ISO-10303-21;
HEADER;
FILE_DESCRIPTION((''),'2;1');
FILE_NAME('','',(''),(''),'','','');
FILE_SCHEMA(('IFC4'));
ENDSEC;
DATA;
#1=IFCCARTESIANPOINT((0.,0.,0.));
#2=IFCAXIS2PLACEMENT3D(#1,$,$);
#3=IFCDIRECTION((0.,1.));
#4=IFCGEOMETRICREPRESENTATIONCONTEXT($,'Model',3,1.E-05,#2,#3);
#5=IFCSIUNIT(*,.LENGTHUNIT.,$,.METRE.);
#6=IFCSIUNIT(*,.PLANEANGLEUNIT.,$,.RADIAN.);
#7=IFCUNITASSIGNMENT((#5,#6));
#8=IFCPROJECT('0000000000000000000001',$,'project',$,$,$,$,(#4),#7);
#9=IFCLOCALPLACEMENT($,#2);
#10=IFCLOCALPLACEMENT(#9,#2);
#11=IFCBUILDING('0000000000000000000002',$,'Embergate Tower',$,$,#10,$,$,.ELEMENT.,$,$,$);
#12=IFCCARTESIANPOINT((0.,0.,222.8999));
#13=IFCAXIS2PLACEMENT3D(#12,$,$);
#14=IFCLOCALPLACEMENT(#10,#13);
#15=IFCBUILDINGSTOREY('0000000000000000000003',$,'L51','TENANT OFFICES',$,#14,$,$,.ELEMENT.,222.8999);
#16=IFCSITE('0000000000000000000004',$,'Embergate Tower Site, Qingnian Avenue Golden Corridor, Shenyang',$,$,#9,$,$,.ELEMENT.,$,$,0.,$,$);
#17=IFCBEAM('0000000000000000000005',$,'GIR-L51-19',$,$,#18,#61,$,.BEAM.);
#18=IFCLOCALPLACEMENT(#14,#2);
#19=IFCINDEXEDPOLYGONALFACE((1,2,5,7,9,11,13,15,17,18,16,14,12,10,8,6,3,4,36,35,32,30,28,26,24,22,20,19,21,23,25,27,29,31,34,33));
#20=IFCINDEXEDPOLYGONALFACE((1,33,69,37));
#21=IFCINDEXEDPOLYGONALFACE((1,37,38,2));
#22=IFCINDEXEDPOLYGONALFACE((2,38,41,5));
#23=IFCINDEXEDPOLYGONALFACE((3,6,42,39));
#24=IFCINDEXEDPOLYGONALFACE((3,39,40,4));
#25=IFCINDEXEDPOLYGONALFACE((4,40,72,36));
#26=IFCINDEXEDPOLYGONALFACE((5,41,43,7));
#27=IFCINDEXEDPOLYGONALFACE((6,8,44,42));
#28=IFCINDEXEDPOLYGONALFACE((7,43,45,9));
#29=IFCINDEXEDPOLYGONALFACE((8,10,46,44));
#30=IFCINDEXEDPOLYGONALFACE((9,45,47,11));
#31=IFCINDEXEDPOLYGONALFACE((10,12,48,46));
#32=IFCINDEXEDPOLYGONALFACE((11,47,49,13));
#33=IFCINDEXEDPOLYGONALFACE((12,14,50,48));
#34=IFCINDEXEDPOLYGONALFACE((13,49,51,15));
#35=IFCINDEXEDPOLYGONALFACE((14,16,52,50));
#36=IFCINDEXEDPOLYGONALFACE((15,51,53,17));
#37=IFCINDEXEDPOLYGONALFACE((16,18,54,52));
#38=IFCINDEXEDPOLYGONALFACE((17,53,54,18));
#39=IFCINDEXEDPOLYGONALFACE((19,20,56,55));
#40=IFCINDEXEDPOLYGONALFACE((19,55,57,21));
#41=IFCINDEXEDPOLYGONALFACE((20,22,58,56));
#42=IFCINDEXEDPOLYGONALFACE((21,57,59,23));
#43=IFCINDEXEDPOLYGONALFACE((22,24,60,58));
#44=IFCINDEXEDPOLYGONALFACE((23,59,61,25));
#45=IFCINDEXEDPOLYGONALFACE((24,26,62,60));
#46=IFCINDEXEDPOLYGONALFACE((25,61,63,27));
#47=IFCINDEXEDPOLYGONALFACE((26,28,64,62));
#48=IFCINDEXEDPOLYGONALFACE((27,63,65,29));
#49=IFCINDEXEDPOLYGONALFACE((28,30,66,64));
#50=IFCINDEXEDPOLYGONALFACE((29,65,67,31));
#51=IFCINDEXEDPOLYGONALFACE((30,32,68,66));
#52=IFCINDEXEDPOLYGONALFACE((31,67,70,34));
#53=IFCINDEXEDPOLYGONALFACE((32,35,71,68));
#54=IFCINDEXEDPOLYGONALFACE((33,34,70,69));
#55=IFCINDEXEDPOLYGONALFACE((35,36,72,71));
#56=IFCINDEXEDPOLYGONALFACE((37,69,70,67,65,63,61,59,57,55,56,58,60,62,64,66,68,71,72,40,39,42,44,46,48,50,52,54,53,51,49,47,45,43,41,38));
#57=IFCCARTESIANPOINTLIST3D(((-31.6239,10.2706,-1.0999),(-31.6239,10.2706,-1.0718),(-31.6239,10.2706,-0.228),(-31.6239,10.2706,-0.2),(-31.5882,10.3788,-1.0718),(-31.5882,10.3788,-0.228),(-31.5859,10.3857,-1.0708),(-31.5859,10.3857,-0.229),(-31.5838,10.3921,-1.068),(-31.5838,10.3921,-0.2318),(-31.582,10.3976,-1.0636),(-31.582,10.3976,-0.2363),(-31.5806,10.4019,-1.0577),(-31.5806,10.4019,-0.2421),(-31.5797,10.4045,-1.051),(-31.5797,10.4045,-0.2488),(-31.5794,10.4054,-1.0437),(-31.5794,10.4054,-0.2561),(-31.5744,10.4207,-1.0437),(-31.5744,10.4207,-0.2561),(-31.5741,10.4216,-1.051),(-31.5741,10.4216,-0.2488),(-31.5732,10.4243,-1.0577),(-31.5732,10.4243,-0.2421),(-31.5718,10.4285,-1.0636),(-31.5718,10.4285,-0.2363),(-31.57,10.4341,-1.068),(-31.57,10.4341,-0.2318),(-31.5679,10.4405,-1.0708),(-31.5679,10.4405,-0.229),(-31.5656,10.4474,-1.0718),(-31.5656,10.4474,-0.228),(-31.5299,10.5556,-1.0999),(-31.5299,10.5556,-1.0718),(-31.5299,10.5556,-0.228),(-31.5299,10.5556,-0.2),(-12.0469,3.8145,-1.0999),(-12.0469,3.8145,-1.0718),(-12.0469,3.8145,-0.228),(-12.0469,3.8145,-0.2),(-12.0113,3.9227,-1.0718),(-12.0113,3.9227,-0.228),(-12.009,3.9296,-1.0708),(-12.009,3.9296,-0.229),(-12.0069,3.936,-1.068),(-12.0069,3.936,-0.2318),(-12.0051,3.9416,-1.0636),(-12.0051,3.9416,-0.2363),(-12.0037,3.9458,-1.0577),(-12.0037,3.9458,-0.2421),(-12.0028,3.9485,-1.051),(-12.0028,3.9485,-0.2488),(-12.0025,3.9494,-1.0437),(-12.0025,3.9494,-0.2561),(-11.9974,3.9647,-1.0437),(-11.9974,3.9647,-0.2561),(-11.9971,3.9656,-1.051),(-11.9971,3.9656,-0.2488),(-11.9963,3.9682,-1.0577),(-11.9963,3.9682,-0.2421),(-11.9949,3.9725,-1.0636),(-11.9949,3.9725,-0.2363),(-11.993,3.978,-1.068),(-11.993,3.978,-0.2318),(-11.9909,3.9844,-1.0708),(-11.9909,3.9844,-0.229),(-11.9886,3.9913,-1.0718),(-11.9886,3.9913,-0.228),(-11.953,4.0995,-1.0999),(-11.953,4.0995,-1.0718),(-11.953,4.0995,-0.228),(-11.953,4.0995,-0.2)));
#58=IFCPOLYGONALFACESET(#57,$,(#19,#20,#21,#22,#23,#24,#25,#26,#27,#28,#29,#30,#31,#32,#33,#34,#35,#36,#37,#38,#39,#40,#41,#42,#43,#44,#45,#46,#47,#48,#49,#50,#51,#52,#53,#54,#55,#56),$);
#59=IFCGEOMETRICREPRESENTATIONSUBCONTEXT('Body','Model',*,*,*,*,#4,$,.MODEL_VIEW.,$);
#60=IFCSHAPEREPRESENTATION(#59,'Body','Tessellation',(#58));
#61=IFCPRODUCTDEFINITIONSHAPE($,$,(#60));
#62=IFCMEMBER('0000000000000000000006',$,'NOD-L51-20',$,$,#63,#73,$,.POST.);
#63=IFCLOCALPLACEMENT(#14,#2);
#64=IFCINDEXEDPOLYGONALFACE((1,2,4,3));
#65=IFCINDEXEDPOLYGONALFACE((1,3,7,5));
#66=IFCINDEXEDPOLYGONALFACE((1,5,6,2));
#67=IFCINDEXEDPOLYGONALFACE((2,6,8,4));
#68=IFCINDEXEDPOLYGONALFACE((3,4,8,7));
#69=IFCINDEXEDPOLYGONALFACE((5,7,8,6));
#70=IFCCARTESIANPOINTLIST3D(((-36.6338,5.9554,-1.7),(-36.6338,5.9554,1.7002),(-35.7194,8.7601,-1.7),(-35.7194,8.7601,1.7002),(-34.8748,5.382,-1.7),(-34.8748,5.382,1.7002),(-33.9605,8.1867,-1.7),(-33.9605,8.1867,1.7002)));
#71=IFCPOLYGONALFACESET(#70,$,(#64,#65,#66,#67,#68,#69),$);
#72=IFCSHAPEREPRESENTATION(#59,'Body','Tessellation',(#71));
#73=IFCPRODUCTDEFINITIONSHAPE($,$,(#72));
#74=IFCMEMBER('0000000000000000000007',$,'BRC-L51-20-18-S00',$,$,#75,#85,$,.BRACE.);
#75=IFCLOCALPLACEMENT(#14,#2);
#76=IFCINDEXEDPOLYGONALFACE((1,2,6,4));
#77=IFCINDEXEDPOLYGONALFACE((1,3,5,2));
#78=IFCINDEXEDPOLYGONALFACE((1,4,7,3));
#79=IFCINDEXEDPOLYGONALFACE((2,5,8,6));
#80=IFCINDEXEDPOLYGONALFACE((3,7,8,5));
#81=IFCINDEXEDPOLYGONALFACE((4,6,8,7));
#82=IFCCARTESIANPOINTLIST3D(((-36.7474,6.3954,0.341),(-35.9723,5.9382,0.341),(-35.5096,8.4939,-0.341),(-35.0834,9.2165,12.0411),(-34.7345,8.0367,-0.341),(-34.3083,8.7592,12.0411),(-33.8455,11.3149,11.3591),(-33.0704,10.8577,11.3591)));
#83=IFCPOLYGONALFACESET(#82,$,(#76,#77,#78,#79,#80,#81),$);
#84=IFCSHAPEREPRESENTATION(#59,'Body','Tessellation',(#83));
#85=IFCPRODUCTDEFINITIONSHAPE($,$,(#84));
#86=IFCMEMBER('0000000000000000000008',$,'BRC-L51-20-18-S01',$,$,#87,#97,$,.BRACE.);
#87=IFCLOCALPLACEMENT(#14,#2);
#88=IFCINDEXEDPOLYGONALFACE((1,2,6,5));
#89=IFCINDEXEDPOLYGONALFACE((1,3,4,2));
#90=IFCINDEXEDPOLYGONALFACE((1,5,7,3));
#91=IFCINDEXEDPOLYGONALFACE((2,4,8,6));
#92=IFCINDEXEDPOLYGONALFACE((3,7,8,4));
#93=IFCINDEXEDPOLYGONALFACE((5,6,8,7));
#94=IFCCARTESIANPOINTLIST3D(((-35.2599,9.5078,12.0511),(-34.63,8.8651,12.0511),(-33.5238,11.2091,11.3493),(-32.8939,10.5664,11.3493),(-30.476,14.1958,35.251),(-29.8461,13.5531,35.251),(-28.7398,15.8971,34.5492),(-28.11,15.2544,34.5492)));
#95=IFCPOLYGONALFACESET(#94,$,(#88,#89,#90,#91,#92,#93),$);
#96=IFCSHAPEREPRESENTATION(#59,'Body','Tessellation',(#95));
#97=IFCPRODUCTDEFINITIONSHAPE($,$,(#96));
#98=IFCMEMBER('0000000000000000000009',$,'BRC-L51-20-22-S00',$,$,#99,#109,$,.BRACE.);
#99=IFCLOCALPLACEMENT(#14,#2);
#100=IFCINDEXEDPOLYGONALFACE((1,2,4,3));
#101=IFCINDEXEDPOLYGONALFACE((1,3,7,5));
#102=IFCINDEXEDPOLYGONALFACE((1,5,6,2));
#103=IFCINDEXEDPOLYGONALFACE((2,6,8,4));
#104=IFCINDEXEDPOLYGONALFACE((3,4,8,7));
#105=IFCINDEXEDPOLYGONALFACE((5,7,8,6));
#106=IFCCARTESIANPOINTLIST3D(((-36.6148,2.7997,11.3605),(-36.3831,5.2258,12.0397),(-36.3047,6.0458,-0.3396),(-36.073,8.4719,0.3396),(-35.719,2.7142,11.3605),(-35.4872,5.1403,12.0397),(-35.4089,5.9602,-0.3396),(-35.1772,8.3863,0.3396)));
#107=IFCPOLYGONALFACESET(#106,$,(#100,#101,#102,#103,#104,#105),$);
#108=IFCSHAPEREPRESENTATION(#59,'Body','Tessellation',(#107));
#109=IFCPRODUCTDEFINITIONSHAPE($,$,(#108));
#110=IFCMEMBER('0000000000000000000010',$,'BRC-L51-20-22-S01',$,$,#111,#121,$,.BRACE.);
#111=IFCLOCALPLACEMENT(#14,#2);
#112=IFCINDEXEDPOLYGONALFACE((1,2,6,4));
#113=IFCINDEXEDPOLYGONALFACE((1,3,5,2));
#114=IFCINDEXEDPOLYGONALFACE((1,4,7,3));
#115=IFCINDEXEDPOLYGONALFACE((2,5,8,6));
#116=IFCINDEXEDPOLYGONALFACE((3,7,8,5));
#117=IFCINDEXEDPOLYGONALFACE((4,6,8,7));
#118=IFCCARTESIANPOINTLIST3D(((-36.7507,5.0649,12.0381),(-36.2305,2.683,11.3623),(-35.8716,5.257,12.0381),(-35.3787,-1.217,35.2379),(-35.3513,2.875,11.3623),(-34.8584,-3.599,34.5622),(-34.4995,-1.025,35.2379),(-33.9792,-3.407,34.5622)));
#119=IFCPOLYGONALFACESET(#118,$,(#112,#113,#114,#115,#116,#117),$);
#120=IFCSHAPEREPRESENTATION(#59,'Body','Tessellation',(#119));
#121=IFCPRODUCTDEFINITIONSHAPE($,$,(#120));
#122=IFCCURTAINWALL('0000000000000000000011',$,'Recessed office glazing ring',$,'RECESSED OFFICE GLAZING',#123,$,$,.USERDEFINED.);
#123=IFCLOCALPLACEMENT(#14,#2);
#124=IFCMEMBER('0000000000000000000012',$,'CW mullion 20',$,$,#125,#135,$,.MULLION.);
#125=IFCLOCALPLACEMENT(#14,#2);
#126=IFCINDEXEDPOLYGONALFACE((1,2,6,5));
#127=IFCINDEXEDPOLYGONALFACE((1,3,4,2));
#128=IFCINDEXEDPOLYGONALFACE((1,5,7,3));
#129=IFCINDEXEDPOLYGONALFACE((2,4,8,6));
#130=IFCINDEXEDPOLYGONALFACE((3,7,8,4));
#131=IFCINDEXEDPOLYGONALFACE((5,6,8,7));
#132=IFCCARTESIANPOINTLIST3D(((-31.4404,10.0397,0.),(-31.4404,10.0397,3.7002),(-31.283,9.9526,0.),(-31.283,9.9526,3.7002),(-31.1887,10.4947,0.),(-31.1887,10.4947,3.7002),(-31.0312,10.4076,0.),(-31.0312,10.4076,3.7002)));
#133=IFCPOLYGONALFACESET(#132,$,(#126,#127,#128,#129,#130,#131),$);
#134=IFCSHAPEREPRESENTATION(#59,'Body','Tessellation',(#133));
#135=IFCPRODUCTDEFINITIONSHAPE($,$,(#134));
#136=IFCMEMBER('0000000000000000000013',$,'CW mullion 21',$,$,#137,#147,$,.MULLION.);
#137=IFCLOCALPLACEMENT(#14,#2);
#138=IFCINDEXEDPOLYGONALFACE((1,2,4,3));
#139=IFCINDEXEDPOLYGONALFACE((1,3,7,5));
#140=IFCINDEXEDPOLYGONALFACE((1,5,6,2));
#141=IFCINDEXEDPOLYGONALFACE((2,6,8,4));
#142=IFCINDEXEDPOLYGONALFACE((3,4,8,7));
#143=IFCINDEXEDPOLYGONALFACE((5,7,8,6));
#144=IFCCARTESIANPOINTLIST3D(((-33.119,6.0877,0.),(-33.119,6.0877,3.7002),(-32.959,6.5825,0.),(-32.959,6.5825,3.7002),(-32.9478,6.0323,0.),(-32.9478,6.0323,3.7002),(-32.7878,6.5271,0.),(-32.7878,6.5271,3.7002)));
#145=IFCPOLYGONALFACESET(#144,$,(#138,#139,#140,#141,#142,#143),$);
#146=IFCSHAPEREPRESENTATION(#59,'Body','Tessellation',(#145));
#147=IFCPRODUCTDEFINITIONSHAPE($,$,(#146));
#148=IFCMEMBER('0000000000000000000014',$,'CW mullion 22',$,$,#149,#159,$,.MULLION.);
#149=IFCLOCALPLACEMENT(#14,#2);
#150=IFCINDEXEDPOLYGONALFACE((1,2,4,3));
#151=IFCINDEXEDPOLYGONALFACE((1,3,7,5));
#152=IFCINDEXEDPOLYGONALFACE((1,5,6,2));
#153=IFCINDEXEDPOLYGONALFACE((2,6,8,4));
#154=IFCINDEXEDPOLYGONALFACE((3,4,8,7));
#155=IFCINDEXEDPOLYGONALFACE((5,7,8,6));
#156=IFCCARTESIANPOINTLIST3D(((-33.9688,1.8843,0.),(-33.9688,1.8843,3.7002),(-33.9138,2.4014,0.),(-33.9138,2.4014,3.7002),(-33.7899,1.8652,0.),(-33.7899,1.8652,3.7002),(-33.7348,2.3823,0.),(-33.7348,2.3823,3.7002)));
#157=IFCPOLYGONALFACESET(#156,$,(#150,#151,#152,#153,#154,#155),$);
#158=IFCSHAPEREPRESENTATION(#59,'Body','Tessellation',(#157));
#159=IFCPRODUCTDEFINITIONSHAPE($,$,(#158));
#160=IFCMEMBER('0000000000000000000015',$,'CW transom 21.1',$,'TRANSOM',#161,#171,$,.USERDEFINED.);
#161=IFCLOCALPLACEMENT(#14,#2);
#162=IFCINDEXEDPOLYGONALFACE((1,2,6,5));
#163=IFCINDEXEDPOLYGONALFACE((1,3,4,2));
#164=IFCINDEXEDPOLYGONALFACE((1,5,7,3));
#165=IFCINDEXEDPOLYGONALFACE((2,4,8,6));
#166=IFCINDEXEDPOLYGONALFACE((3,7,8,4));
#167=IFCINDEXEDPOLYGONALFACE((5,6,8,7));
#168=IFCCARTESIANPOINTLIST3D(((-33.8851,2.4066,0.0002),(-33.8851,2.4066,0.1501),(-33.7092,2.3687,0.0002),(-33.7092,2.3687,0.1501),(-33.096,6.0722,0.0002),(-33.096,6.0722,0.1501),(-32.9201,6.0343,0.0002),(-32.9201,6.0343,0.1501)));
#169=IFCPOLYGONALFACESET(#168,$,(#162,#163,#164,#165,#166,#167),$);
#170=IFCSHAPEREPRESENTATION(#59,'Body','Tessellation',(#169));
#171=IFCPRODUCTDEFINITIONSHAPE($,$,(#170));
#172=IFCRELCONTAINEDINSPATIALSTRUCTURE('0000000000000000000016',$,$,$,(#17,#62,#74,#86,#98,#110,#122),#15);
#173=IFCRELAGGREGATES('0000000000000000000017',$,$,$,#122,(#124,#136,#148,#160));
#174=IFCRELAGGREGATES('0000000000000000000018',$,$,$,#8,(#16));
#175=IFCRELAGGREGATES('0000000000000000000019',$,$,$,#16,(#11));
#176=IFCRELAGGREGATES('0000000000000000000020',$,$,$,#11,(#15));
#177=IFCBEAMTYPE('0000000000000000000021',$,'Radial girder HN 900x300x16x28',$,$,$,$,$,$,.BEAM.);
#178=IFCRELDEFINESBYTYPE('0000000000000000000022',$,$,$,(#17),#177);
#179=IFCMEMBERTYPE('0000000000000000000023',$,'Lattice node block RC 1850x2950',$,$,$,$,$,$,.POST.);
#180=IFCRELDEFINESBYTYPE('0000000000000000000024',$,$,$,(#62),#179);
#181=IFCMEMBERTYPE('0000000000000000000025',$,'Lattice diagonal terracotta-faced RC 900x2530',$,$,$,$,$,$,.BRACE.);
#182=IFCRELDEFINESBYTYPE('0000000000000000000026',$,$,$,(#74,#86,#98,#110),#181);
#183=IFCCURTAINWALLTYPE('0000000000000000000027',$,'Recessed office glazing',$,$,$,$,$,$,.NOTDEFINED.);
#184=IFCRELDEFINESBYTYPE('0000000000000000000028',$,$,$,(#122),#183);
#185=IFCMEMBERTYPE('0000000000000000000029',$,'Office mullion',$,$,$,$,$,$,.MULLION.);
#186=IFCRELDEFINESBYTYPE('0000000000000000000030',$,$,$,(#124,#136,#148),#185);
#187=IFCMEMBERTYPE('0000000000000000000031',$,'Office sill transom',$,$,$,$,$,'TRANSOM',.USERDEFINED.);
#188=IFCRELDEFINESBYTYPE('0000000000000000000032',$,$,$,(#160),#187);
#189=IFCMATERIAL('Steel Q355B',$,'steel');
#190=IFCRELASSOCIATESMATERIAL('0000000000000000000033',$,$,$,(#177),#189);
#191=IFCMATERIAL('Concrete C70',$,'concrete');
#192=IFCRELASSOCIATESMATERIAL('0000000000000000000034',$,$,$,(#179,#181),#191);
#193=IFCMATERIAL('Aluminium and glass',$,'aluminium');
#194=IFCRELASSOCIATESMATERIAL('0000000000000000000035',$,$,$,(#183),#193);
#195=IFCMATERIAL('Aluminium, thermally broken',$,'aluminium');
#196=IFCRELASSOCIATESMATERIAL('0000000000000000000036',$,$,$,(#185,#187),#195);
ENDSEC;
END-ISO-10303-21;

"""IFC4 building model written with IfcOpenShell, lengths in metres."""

from ifc_helpers import new_model, si_unit, direction, frame, origin, origin_2d, place, context, subcontext, project, spatial, rectangle, i_section, extrude, source, transform, mapped, material, material_profile, profile_set, type_object, element, aggregate, save


model = new_model("IFC4")

# Units and contexts
model_context = context("Model", 3, precision=1e-05, world=origin(), true_north=direction((0.0, 1.0)))
body_context = subcontext(model_context, "Body", "Model", "MODEL_VIEW")
ifc_project = project(units=[si_unit("LENGTHUNIT", "METRE"), si_unit("PLANEANGLEUNIT", "RADIAN")], contexts=[model_context])

# Site, building, storey
site_placement = place(None, origin())
site = spatial("IfcSite", under=ifc_project, at=site_placement, Name="Embergate Tower Site, Qingnian Avenue Golden Corridor, Shenyang", CompositionType="ELEMENT", RefElevation=0.0)
building_placement = place(site_placement, origin())
building = spatial("IfcBuilding", under=site, at=building_placement, Name="Embergate Tower", CompositionType="ELEMENT")
storey_placement = place(building_placement, frame((0.0, 0.0, 222.8999)))
storey = spatial("IfcBuildingStorey", under=building, at=storey_placement, Name="L51", Description="TENANT OFFICES", CompositionType="ELEMENT", Elevation=222.8999)

# Beam
ifc_material_1 = material(Name="Steel Q355B", Category="steel")
ifc_material_profile_1 = material_profile(ifc_material_1, i_section(OverallWidth=0.3, OverallDepth=0.8999, WebThickness=0.0161, FlangeThickness=0.0281, FilletRadius=0.0281, at=origin_2d()), Name="HN 900x300x16x28")
ifc_profile_set_1 = profile_set([ifc_material_profile_1], Name="Steel Q355 grade B")
beam_type_1 = type_object("IfcBeamType", Name="Radial girder HN 900x300x16x28", PredefinedType="BEAM", material=ifc_profile_set_1)
shared_shape_1 = source(origin(), body_context, "Body", "SweptSolid", [
    extrude(i_section(OverallWidth=0.3, OverallDepth=0.8999, WebThickness=0.0161, FlangeThickness=0.0281, FilletRadius=0.0281, at=origin_2d()), origin(), (0.0, 0.0, 1.0), 20.614),
])
beam_1_placement = place(storey_placement, frame((-31.5769, 10.4131, -0.6499), z_axis=(0.949691, -0.313188, 0.0), x_axis=(0.313188, 0.949691, 0.0)))
element("IfcBeam", 1, at=beam_1_placement, inside=storey, type_object=beam_type_1, Name="GIR-L51-19", PredefinedType="BEAM", context=body_context, shape_type="MappedRepresentation", body=[
    mapped(shared_shape_1, transform((0.0, 0.0, 0.0))),
])

# Members
ifc_material_2 = material(Name="Concrete C70", Category="concrete")
ifc_material_profile_2 = material_profile(ifc_material_2, rectangle(XDim=1.8501, YDim=2.95, at=origin_2d()), Name="RC 1850x2950")
ifc_profile_set_2 = profile_set([ifc_material_profile_2], Name="Concrete C70")
member_type_1 = type_object("IfcMemberType", Name="Lattice node block RC 1850x2950", PredefinedType="POST", material=ifc_profile_set_2)
shared_shape_2 = source(origin(), body_context, "Body", "SweptSolid", [
    extrude(rectangle(XDim=1.8501, YDim=2.95, at=origin_2d()), origin(), (0.0, 0.0, 1.0), 3.4001),
])
member_1_placement = place(storey_placement, frame((-35.2971, 7.071, -1.7), z_axis=(0.0, 0.0, 1.0), x_axis=(-0.950754, 0.309946, 0.0)))
element("IfcMember", 2, at=member_1_placement, inside=storey, type_object=member_type_1, Name="NOD-L51-20", PredefinedType="POST", context=body_context, shape_type="MappedRepresentation", body=[
    mapped(shared_shape_2, transform((0.0, 0.0, 0.0))),
])
ifc_material_profile_3 = material_profile(ifc_material_2, rectangle(XDim=0.8999, YDim=2.53, at=origin_2d()), Name="RC 900x2530")
ifc_profile_set_3 = profile_set([ifc_material_profile_3], Name="Concrete C70")
member_type_2 = type_object("IfcMemberType", Name="Lattice diagonal terracotta-faced RC 900x2530", PredefinedType="BRACE", material=ifc_profile_set_3)
shared_shape_3 = source(origin(), body_context, "Body", "SweptSolid", [
    extrude(rectangle(XDim=0.8999, YDim=2.53, at=origin_2d()), origin(), (0.0, 0.0, 1.0), 12.1499),
])
member_2_placement = place(storey_placement, frame((-35.741, 7.2161, 0.0), z_axis=(0.13696, 0.232185, 0.962981), x_axis=(-0.861317, 0.508069, 0.0)))
element("IfcMember", 3, at=member_2_placement, inside=storey, type_object=member_type_2, Name="BRC-L51-20-18-S00", PredefinedType="BRACE", context=body_context, shape_type="MappedRepresentation", body=[
    mapped(shared_shape_3, transform((0.0, 0.0, 0.0))),
])
shared_shape_4 = source(origin(), body_context, "Body", "SweptSolid", [
    extrude(rectangle(XDim=0.8999, YDim=2.53, at=origin_2d()), origin(), (0.0, 0.0, 1.0), 24.1475),
])
member_3_placement = place(storey_placement, frame((-34.0769, 10.0371, 11.7002), z_axis=(0.198113, 0.19414, 0.960761), x_axis=(-0.699908, 0.714233, 0.0)))
element("IfcMember", 4, at=member_3_placement, inside=storey, type_object=member_type_2, Name="BRC-L51-20-18-S01", PredefinedType="BRACE", context=body_context, shape_type="MappedRepresentation", body=[
    mapped(shared_shape_4, transform((0.0, 0.0, 0.0))),
])
shared_shape_5 = source(origin(), body_context, "Body", "SweptSolid", [
    extrude(rectangle(XDim=0.8999, YDim=2.53, at=origin_2d()), origin(), (0.0, 0.0, 1.0), 12.146),
])
member_4_placement = place(storey_placement, frame((-35.741, 7.2161, 0.0), z_axis=(-0.025527, -0.267254, 0.963288), x_axis=(0.995469, -0.095085, 0.0)))
element("IfcMember", 5, at=member_4_placement, inside=storey, type_object=member_type_2, Name="BRC-L51-20-22-S00", PredefinedType="BRACE", context=body_context, shape_type="MappedRepresentation", body=[
    mapped(shared_shape_5, transform((0.0, 0.0, 0.0))),
])
shared_shape_6 = source(origin(), body_context, "Body", "SweptSolid", [
    extrude(rectangle(XDim=0.8999, YDim=2.53, at=origin_2d()), origin(), (0.0, 0.0, 1.0), 24.0745),
])
member_5_placement = place(storey_placement, frame((-36.051, 3.97, 11.7002), z_axis=(0.056993, -0.260939, 0.963672), x_axis=(0.976969, 0.213383, 0.0)))
element("IfcMember", 6, at=member_5_placement, inside=storey, type_object=member_type_2, Name="BRC-L51-20-22-S01", PredefinedType="BRACE", context=body_context, shape_type="MappedRepresentation", body=[
    mapped(shared_shape_6, transform((0.0, 0.0, 0.0))),
])

# Curtain wall, members
ifc_material_3 = material(Name="Aluminium and glass", Category="aluminium")
curtain_wall_type = type_object("IfcCurtainWallType", Name="Recessed office glazing", PredefinedType="NOTDEFINED", material=ifc_material_3)
curtain_wall_placement = place(storey_placement, origin())
curtain_wall = element("IfcCurtainWall", 7, at=curtain_wall_placement, inside=storey, type_object=curtain_wall_type, Name="Recessed office glazing ring", ObjectType="RECESSED OFFICE GLAZING", PredefinedType="USERDEFINED")
ifc_material_4 = material(Name="Aluminium, thermally broken", Category="aluminium")
ifc_material_profile_4 = material_profile(ifc_material_4, rectangle(XDim=0.1799, YDim=0.52, at=origin_2d()), Name="AL 520x180")
ifc_profile_set_4 = profile_set([ifc_material_profile_4], Name="Aluminium, thermally broken")
member_type_3 = type_object("IfcMemberType", Name="Office mullion", PredefinedType="MULLION", material=ifc_profile_set_4)
shared_shape_7 = source(origin(), body_context, "Body", "SweptSolid", [
    extrude(rectangle(XDim=0.1799, YDim=0.52, at=origin_2d()), origin(), (0.0, 0.0, 1.0), 3.7002),
])
member_6_placement = place(storey_placement, frame((-31.2358, 10.2236, 0.0), z_axis=(0.0, 0.0, 1.0), x_axis=(0.875001, -0.484121, 0.0)))
member_6 = element("IfcMember", 8, at=member_6_placement, type_object=member_type_3, Name="CW mullion 20", PredefinedType="MULLION", context=body_context, shape_type="MappedRepresentation", body=[
    mapped(shared_shape_7, transform((0.0, 0.0, 0.0))),
])
member_7_placement = place(storey_placement, frame((-32.9534, 6.3074, 0.0), z_axis=(0.0, 0.0, 1.0), x_axis=(0.951497, -0.307657, 0.0)))
member_7 = element("IfcMember", 9, at=member_7_placement, type_object=member_type_3, Name="CW mullion 21", PredefinedType="MULLION", context=body_context, shape_type="MappedRepresentation", body=[
    mapped(shared_shape_7, transform((0.0, 0.0, 0.0))),
])
member_8_placement = place(storey_placement, frame((-33.8518, 2.1333, 0.0), z_axis=(0.0, 0.0, 1.0), x_axis=(0.994385, -0.105825, 0.0)))
member_8 = element("IfcMember", 10, at=member_8_placement, type_object=member_type_3, Name="CW mullion 22", PredefinedType="MULLION", context=body_context, shape_type="MappedRepresentation", body=[
    mapped(shared_shape_7, transform((0.0, 0.0, 0.0))),
])
ifc_material_profile_5 = material_profile(ifc_material_4, rectangle(XDim=0.1799, YDim=0.1499, at=origin_2d()), Name="AL 150x180")
ifc_profile_set_5 = profile_set([ifc_material_profile_5], Name="Aluminium, thermally broken")
member_type_4 = type_object("IfcMemberType", Name="Office sill transom", ElementType="TRANSOM", PredefinedType="USERDEFINED", material=ifc_profile_set_5)
shared_shape_8 = source(origin(), body_context, "Body", "SweptSolid", [
    extrude(rectangle(XDim=0.1799, YDim=0.1499, at=origin_2d()), origin(), (0.0, 0.0, 1.0), 3.7495),
])
member_9_placement = place(storey_placement, frame((-33.0081, 6.0532, 0.0752), z_axis=(-0.210445, -0.977606, 0.0), x_axis=(0.977606, -0.210445, 0.0)))
member_9 = element("IfcMember", 11, at=member_9_placement, type_object=member_type_4, Name="CW transom 21.1", ObjectType="TRANSOM", PredefinedType="USERDEFINED", context=body_context, shape_type="MappedRepresentation", body=[
    mapped(shared_shape_8, transform((0.0, 0.0, 0.0))),
])
aggregate(curtain_wall, [member_6, member_7, member_8, member_9])

save(model, "model.ifc")
